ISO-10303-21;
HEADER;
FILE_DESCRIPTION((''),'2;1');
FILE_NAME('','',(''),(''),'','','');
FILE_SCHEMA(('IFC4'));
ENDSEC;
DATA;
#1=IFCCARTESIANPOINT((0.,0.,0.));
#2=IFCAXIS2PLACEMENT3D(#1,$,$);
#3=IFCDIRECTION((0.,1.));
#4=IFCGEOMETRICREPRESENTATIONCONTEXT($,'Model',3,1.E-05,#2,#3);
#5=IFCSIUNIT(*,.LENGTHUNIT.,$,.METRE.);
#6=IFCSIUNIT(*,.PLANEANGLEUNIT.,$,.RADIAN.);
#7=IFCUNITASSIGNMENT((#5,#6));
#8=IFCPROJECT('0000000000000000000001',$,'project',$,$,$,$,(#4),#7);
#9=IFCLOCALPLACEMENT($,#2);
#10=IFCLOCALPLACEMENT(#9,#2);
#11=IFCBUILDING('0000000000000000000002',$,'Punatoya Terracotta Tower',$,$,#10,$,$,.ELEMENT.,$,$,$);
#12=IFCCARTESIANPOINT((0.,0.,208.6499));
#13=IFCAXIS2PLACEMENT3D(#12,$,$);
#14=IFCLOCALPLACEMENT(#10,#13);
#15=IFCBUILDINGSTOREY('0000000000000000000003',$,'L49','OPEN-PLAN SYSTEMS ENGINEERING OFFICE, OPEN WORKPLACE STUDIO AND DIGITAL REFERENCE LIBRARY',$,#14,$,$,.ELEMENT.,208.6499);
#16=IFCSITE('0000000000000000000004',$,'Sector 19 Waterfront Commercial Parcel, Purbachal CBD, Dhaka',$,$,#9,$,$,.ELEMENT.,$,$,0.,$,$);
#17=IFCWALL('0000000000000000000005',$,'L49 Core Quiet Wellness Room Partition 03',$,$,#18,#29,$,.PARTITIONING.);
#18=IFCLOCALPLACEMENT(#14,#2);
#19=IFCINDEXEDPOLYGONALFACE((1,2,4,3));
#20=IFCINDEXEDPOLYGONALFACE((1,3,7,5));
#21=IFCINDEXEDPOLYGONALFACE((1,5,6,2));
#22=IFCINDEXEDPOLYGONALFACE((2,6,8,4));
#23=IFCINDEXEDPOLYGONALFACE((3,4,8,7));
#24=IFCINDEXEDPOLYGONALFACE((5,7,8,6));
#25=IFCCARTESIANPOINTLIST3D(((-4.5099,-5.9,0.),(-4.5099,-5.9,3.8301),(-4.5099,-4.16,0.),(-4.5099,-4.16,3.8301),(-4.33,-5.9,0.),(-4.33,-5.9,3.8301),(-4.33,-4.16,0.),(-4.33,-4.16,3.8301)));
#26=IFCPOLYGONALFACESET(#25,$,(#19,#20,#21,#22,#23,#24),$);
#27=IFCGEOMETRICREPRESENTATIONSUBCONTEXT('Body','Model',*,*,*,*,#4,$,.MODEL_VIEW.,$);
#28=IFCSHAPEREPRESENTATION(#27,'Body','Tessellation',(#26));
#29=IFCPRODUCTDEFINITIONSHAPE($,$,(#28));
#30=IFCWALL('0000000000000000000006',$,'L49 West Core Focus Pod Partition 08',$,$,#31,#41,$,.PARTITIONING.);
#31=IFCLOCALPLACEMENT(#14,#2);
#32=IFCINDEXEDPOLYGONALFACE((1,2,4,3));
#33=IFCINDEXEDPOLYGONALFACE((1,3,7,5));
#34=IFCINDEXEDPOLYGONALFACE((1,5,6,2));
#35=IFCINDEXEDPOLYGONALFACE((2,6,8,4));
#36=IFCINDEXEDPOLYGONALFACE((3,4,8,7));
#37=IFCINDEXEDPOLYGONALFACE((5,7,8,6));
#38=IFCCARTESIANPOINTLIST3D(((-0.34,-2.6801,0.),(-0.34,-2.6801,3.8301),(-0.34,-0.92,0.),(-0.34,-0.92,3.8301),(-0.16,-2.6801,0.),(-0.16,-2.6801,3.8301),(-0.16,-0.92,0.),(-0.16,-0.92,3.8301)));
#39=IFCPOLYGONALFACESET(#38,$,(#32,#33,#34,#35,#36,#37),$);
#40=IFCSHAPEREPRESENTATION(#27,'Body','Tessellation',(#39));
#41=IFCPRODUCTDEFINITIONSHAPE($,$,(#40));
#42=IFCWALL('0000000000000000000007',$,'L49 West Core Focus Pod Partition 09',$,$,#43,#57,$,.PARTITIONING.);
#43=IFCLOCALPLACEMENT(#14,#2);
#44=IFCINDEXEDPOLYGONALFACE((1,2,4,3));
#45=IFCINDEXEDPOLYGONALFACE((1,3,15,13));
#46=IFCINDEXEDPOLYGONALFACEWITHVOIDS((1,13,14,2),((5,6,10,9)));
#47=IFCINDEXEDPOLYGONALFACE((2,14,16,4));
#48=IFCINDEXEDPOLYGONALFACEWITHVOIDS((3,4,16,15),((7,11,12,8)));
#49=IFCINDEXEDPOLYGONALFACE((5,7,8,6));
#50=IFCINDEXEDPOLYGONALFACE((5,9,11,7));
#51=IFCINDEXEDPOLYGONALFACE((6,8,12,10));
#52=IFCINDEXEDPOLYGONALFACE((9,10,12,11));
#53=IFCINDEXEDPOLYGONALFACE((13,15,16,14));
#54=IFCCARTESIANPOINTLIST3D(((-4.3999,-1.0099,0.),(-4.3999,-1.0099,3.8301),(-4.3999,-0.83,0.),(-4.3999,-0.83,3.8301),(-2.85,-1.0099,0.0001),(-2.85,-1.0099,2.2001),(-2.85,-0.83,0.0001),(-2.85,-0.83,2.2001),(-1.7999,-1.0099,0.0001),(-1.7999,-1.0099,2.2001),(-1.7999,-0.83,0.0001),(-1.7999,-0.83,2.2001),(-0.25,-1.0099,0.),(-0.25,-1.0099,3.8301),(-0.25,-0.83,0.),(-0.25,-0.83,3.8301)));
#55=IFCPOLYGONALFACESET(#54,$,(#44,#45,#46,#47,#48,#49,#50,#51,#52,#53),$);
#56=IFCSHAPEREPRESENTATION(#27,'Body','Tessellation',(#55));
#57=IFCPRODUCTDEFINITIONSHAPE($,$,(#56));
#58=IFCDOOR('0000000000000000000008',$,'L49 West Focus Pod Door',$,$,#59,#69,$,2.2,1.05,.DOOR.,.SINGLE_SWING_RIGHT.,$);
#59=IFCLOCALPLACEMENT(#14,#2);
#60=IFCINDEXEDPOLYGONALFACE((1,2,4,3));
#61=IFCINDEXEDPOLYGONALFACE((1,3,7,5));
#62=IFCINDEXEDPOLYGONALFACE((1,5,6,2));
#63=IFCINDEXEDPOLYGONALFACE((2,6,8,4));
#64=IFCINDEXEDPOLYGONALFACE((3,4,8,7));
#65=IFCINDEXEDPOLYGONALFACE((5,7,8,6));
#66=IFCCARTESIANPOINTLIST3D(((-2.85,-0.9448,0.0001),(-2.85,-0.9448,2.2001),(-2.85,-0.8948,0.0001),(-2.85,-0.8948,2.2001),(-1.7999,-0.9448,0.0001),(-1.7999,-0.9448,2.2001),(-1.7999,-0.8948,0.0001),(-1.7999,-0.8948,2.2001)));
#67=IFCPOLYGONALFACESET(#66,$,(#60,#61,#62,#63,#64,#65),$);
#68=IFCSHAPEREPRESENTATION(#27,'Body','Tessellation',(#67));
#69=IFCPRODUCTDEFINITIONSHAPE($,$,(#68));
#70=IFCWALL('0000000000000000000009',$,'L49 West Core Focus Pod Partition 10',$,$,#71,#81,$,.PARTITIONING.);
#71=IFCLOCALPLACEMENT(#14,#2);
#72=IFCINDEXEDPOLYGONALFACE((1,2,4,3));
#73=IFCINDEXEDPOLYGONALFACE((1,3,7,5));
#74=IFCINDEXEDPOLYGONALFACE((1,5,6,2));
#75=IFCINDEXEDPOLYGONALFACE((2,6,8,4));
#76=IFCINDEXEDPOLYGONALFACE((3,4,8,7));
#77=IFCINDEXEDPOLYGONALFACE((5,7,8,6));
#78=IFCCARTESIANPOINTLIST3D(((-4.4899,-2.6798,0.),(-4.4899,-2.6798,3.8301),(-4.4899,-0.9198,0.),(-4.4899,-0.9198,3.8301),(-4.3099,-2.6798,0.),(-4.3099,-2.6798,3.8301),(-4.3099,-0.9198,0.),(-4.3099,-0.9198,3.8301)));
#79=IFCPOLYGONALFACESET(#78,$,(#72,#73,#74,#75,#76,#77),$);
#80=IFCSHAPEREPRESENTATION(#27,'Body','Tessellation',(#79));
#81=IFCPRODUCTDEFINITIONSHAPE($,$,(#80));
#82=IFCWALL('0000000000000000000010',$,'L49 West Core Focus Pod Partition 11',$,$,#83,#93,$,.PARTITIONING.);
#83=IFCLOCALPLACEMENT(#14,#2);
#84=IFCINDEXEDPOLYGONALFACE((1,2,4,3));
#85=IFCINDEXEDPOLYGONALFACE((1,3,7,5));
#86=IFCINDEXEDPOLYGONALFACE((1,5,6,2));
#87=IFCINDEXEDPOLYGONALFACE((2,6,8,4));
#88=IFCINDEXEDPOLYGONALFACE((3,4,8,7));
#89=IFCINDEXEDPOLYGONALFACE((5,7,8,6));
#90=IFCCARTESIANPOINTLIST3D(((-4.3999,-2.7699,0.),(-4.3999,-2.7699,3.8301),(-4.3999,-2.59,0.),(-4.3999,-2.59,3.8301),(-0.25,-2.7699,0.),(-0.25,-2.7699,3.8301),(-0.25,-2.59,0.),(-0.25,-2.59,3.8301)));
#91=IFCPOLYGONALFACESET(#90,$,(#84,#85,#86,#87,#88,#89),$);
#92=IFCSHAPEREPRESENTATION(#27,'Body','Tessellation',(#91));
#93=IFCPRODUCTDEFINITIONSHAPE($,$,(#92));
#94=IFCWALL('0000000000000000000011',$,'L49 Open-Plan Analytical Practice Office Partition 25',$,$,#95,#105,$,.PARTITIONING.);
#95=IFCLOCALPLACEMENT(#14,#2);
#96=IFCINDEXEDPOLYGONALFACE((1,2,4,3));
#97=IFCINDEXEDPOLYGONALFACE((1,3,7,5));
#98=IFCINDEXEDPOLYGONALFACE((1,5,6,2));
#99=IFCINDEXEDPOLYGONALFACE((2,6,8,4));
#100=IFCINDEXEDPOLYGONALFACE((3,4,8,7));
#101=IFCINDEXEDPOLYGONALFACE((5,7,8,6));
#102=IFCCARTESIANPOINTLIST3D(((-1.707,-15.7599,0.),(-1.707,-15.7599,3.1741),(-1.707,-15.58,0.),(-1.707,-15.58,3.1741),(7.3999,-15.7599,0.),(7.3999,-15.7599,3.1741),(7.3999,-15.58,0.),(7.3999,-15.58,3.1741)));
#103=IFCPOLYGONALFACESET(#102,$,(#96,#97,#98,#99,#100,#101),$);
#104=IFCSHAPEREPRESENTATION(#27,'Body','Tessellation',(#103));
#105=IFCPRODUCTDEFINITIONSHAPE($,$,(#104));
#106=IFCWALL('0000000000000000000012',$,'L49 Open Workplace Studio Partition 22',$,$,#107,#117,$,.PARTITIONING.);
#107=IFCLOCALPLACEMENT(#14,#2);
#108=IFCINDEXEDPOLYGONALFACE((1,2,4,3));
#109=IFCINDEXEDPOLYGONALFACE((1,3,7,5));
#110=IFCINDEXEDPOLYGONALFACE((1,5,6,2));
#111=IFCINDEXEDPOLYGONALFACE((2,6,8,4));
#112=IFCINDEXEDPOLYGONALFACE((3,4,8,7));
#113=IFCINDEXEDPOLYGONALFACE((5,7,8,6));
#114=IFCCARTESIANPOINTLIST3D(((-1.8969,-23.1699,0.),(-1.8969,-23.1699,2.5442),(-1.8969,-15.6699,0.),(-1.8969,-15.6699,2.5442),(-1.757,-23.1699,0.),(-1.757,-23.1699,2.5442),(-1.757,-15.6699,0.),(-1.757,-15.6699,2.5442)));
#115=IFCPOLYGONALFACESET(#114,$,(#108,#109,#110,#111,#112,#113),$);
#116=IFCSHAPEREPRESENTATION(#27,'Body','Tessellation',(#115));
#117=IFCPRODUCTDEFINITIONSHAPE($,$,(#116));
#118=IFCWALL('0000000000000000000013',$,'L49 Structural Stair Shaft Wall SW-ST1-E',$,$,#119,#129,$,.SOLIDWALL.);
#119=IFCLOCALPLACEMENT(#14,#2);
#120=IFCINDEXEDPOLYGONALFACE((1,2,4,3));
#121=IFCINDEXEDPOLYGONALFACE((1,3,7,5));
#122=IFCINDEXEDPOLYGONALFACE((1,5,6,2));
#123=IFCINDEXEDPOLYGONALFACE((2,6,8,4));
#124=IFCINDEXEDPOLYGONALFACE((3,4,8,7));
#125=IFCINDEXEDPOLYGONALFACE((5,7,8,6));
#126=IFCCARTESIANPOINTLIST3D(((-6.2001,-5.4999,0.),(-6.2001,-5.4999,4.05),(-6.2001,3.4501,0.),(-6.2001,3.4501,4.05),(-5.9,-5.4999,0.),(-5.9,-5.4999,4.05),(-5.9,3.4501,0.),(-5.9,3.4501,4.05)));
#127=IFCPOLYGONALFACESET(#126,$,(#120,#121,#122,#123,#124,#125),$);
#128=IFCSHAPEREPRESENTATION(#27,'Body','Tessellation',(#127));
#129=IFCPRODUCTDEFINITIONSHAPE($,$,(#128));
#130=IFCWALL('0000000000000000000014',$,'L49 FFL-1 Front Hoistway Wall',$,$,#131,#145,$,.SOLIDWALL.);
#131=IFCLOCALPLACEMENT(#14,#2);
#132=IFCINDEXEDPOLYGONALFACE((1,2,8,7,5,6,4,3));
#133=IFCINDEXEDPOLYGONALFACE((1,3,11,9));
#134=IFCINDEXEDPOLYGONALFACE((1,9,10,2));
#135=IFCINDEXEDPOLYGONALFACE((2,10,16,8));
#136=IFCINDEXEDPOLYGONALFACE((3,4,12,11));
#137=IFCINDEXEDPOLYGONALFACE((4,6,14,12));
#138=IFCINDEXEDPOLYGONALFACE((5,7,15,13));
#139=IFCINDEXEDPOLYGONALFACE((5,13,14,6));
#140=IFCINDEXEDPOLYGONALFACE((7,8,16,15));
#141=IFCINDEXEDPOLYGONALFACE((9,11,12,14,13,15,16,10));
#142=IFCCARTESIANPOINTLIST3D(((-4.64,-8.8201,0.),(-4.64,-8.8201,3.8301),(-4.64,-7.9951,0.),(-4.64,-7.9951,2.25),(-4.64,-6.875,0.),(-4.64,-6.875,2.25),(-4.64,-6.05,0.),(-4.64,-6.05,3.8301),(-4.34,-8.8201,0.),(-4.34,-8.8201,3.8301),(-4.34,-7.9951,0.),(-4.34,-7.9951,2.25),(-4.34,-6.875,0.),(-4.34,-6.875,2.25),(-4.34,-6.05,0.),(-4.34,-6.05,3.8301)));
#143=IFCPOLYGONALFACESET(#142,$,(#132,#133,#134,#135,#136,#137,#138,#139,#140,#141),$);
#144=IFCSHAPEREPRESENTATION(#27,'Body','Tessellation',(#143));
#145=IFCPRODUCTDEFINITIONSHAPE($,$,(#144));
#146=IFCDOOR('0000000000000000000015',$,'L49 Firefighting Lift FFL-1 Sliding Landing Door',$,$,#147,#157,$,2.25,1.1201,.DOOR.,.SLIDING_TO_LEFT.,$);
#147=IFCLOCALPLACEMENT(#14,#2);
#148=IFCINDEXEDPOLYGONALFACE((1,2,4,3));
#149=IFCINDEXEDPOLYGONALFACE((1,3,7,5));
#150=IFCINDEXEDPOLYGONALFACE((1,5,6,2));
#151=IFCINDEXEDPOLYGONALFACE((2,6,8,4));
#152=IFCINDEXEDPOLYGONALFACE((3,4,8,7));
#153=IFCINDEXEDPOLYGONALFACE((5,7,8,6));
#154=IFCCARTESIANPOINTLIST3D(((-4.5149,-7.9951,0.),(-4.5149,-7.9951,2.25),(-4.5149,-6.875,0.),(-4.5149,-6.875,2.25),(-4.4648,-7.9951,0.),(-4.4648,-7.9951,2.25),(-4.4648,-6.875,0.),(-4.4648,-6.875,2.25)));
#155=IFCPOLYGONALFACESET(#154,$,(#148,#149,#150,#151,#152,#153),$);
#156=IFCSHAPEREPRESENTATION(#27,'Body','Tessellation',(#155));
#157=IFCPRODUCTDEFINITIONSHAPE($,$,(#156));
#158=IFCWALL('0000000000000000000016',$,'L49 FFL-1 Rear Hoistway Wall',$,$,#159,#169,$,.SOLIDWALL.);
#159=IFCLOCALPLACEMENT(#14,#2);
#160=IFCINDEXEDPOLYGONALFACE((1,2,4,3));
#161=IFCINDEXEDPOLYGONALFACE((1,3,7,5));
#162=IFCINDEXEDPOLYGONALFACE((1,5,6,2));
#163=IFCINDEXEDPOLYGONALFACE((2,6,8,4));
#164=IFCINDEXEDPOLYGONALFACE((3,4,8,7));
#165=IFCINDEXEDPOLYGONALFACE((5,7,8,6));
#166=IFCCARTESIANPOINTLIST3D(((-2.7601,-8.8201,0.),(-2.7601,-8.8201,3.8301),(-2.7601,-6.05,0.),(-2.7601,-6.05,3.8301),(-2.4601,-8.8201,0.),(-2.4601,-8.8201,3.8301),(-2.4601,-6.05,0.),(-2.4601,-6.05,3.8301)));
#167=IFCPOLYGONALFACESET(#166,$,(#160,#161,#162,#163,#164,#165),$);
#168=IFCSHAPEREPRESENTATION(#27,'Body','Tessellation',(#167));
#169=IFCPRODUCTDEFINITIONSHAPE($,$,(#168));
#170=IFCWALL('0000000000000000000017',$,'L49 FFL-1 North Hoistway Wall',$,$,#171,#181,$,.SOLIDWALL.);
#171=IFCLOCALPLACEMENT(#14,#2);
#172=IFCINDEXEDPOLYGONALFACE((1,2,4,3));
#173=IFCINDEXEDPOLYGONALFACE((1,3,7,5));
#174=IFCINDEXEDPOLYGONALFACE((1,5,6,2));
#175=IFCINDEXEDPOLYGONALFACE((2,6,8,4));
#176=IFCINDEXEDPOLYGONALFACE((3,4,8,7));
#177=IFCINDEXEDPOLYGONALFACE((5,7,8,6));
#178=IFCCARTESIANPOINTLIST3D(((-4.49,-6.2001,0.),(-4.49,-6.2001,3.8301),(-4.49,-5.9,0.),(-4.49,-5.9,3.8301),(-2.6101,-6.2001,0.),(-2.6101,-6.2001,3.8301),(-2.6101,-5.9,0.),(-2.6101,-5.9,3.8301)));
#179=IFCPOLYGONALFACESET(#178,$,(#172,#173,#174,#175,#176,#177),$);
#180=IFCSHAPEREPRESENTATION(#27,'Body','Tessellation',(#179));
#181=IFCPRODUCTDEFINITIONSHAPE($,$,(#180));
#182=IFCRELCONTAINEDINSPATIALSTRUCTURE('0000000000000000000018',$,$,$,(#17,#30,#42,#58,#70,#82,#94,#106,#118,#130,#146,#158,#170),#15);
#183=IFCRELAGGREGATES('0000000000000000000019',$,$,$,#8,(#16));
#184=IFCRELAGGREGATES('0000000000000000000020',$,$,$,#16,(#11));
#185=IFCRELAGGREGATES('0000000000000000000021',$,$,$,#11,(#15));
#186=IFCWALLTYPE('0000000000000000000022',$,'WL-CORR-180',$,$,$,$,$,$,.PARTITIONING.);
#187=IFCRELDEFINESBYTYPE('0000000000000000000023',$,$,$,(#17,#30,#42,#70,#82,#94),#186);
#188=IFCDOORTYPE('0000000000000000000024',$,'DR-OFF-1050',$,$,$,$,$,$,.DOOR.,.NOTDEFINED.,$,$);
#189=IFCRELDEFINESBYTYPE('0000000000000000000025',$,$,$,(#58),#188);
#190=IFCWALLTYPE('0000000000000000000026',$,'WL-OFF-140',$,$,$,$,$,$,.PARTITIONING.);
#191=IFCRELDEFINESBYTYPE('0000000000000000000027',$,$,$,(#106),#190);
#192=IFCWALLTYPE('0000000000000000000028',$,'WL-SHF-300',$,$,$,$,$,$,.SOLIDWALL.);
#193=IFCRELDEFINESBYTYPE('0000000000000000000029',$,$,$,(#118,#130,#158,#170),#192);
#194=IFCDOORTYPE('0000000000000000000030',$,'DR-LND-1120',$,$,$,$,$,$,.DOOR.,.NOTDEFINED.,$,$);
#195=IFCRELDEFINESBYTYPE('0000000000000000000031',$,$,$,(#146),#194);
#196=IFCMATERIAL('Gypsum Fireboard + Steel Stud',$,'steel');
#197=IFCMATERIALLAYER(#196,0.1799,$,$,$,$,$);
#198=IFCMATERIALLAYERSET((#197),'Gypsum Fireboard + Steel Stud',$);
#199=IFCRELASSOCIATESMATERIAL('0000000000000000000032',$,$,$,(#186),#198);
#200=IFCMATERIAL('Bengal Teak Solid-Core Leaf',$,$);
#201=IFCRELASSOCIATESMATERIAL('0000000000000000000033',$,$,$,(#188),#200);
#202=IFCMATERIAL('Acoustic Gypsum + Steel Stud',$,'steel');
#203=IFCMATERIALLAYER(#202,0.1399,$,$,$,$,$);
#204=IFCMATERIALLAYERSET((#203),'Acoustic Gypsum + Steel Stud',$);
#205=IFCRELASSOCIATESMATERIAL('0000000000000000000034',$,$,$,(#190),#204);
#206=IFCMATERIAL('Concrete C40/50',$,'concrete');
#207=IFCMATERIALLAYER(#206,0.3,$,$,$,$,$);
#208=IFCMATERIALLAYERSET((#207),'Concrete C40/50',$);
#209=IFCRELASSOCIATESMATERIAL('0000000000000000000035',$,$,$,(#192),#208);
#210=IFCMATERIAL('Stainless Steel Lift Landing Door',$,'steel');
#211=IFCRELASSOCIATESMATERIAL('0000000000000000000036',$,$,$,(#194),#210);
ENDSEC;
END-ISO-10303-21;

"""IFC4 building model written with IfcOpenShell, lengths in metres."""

from ifc_helpers import new_model, si_unit, direction, frame, frame_2d, origin, place, context, subcontext, project, spatial, rectangle, extrude, material, layer, layer_set, type_object, element, fill, save


model = new_model("IFC4")

# Units and contexts
model_context = context("Model", 3, precision=1e-05, world=origin(), true_north=direction((0.0, 1.0)))
body_context = subcontext(model_context, "Body", "Model", "MODEL_VIEW")
ifc_project = project(units=[si_unit("LENGTHUNIT", "METRE"), si_unit("PLANEANGLEUNIT", "RADIAN")], contexts=[model_context])

# Site, building, storey
site_placement = place(None, origin())
site = spatial("IfcSite", under=ifc_project, at=site_placement, Name="Sector 19 Waterfront Commercial Parcel, Purbachal CBD, Dhaka", CompositionType="ELEMENT", RefElevation=0.0)
building_placement = place(site_placement, origin())
building = spatial("IfcBuilding", under=site, at=building_placement, Name="Punatoya Terracotta Tower", CompositionType="ELEMENT")
storey_placement = place(building_placement, frame((0.0, 0.0, 208.6499)))
storey = spatial("IfcBuildingStorey", under=building, at=storey_placement, Name="L49", Description="OPEN-PLAN SYSTEMS ENGINEERING OFFICE, OPEN WORKPLACE STUDIO AND DIGITAL REFERENCE LIBRARY", CompositionType="ELEMENT", Elevation=208.6499)

# Shared definitions
ifc_material_1 = material(Name="Concrete C40/50", Category="concrete")

# Shared definitions
ifc_material_2 = material(Name="Gypsum Fireboard + Steel Stud", Category="steel")
ifc_layer_1 = layer(ifc_material_2, 0.1799)
ifc_layer_set_1 = layer_set([ifc_layer_1], Name="Gypsum Fireboard + Steel Stud")
wall_type_1 = type_object("IfcWallType", Name="WL-CORR-180", PredefinedType="PARTITIONING", material=ifc_layer_set_1)

# Shared definitions
ifc_material_3 = material(Name="Bengal Teak Solid-Core Leaf")
door_type_1 = type_object("IfcDoorType", Name="DR-OFF-1050", OperationType="NOTDEFINED", PredefinedType="DOOR", material=ifc_material_3)

# Walls
wall_1_placement = place(storey_placement, frame((-4.4199, -4.1599, 0.0), z_axis=(0.0, 0.0, 1.0), x_axis=(0.0, -1.0, 0.0)))
element("IfcWall", 1, at=wall_1_placement, inside=storey, type_object=wall_type_1, Name="L49 Core Quiet Wellness Room Partition 03", PredefinedType="PARTITIONING", context=body_context, shape_type="SweptSolid", body=[
    extrude(rectangle(XDim=1.74, YDim=0.1799, at=frame_2d((0.8701, 0.0))), origin(), (0.0, 0.0, 1.0), 3.8301),
])
wall_2_placement = place(storey_placement, frame((-0.25, -2.6799, 0.0), z_axis=(0.0, 0.0, 1.0), x_axis=(0.0, 1.0, 0.0)))
element("IfcWall", 2, at=wall_2_placement, inside=storey, type_object=wall_type_1, Name="L49 West Core Focus Pod Partition 08", PredefinedType="PARTITIONING", context=body_context, shape_type="SweptSolid", body=[
    extrude(rectangle(XDim=1.76, YDim=0.1799, at=frame_2d((0.8799, 0.0))), origin(), (0.0, 0.0, 1.0), 3.8301),
])

# Wall, opening, door
wall_3_placement = place(storey_placement, frame((-0.25, -0.9199, 0.0), z_axis=(0.0, 0.0, 1.0), x_axis=(-1.0, 0.0, 0.0)))
wall_3 = element("IfcWall", 3, at=wall_3_placement, inside=storey, type_object=wall_type_1, Name="L49 West Core Focus Pod Partition 09", PredefinedType="PARTITIONING", context=body_context, shape_type="SweptSolid", body=[
    extrude(rectangle(XDim=4.1499, YDim=0.1799, at=frame_2d((2.075, 0.0))), origin(), (0.0, 0.0, 1.0), 3.8301),
])
opening_1_placement = place(wall_3_placement, frame((1.55, 0.0, 0.0)))
opening_1 = element("IfcOpeningElement", 4, at=opening_1_placement, cuts=wall_3, PredefinedType="OPENING", context=body_context, shape_type="SweptSolid", body=[
    extrude(rectangle(XDim=1.05, YDim=2.2, at=frame_2d((0.5249, 1.1001))), frame((0.0, 0.0999, 0.0), z_axis=(0.0, -1.0, 0.0), x_axis=(1.0, 0.0, 0.0)), (0.0, 0.0, 1.0), 0.2),
])
door_1_placement = place(opening_1_placement, origin())
door_1 = element("IfcDoor", 5, at=door_1_placement, inside=storey, type_object=door_type_1, Name="L49 West Focus Pod Door", OperationType="SINGLE_SWING_RIGHT", OverallHeight=2.2, OverallWidth=1.05, PredefinedType="DOOR", context=body_context, shape_type="SweptSolid", body=[
    extrude(rectangle(XDim=1.05, YDim=2.2, at=frame_2d((0.5249, 1.1001))), frame((0.0, 0.0249, 0.0), z_axis=(0.0, -1.0, 0.0), x_axis=(1.0, 0.0, 0.0)), (0.0, 0.0, 1.0), 0.05),
])
fill(opening_1, door_1)

# Walls
wall_4_placement = place(storey_placement, frame((-4.3999, -0.9199, 0.0), z_axis=(0.0, 0.0, 1.0), x_axis=(0.0, -1.0, 0.0)))
element("IfcWall", 6, at=wall_4_placement, inside=storey, type_object=wall_type_1, Name="L49 West Core Focus Pod Partition 10", PredefinedType="PARTITIONING", context=body_context, shape_type="SweptSolid", body=[
    extrude(rectangle(XDim=1.76, YDim=0.1799, at=frame_2d((0.8799, 0.0))), origin(), (0.0, 0.0, 1.0), 3.8301),
])
wall_5_placement = place(storey_placement, frame((-4.3999, -2.6799, 0.0), z_axis=(0.0, 0.0, 1.0), x_axis=(1.0, 0.0, 0.0)))
element("IfcWall", 7, at=wall_5_placement, inside=storey, type_object=wall_type_1, Name="L49 West Core Focus Pod Partition 11", PredefinedType="PARTITIONING", context=body_context, shape_type="SweptSolid", body=[
    extrude(rectangle(XDim=4.1499, YDim=0.1799, at=frame_2d((2.075, 0.0))), origin(), (0.0, 0.0, 1.0), 3.8301),
])
wall_6_placement = place(storey_placement, frame((-1.707, -15.6699, 0.0), z_axis=(0.0, 0.0, 1.0), x_axis=(1.0, 0.0, 0.0)))
element("IfcWall", 8, at=wall_6_placement, inside=storey, type_object=wall_type_1, Name="L49 Open-Plan Analytical Practice Office Partition 25", PredefinedType="PARTITIONING", context=body_context, shape_type="SweptSolid", body=[
    extrude(rectangle(XDim=9.1069, YDim=0.1799, at=frame_2d((4.5535, 0.0))), origin(), (0.0, 0.0, 1.0), 3.1741),
])
ifc_material_4 = material(Name="Acoustic Gypsum + Steel Stud", Category="steel")
ifc_layer_2 = layer(ifc_material_4, 0.1399)
ifc_layer_set_2 = layer_set([ifc_layer_2], Name="Acoustic Gypsum + Steel Stud")
wall_type_2 = type_object("IfcWallType", Name="WL-OFF-140", PredefinedType="PARTITIONING", material=ifc_layer_set_2)
wall_7_placement = place(storey_placement, frame((-1.8269, -15.6699, 0.0), z_axis=(0.0, 0.0, 1.0), x_axis=(0.0, -1.0, 0.0)))
element("IfcWall", 9, at=wall_7_placement, inside=storey, type_object=wall_type_2, Name="L49 Open Workplace Studio Partition 22", PredefinedType="PARTITIONING", context=body_context, shape_type="SweptSolid", body=[
    extrude(rectangle(XDim=7.5, YDim=0.1399, at=frame_2d((3.75, 0.0))), origin(), (0.0, 0.0, 1.0), 2.5442),
])
ifc_layer_3 = layer(ifc_material_1, 0.3)
ifc_layer_set_3 = layer_set([ifc_layer_3], Name="Concrete C40/50")
wall_type_3 = type_object("IfcWallType", Name="WL-SHF-300", PredefinedType="SOLIDWALL", material=ifc_layer_set_3)
wall_8_placement = place(storey_placement, frame((-6.05, -5.5, 0.0), z_axis=(0.0, 0.0, 1.0), x_axis=(0.0, 1.0, 0.0)))
element("IfcWall", 10, at=wall_8_placement, inside=storey, type_object=wall_type_3, Name="L49 Structural Stair Shaft Wall SW-ST1-E", PredefinedType="SOLIDWALL", context=body_context, shape_type="SweptSolid", body=[
    extrude(rectangle(XDim=8.95, YDim=0.3, at=frame_2d((4.4751, 0.0))), origin(), (0.0, 0.0, 1.0), 4.05),
])

# Wall, opening, door
wall_9_placement = place(storey_placement, frame((-4.49, -8.8201, 0.0), z_axis=(0.0, 0.0, 1.0), x_axis=(0.0, 1.0, 0.0)))
wall_9 = element("IfcWall", 11, at=wall_9_placement, inside=storey, type_object=wall_type_3, Name="L49 FFL-1 Front Hoistway Wall", PredefinedType="SOLIDWALL", context=body_context, shape_type="SweptSolid", body=[
    extrude(rectangle(XDim=2.77, YDim=0.3, at=frame_2d((1.385, 0.0))), origin(), (0.0, 0.0, 1.0), 3.8301),
])
opening_2_placement = place(wall_9_placement, frame((0.825, 0.0, 0.0)))
opening_2 = element("IfcOpeningElement", 12, at=opening_2_placement, cuts=wall_9, PredefinedType="OPENING", context=body_context, shape_type="SweptSolid", body=[
    extrude(rectangle(XDim=1.1201, YDim=2.25, at=frame_2d((0.5601, 1.125))), frame((0.0, 0.1599, 0.0), z_axis=(0.0, -1.0, 0.0), x_axis=(1.0, 0.0, 0.0)), (0.0, 0.0, 1.0), 0.3201),
])
ifc_material_5 = material(Name="Stainless Steel Lift Landing Door", Category="steel")
door_type_2 = type_object("IfcDoorType", Name="DR-LND-1120", OperationType="NOTDEFINED", PredefinedType="DOOR", material=ifc_material_5)
door_2_placement = place(opening_2_placement, origin())
door_2 = element("IfcDoor", 13, at=door_2_placement, inside=storey, type_object=door_type_2, Name="L49 Firefighting Lift FFL-1 Sliding Landing Door", OperationType="SLIDING_TO_LEFT", OverallHeight=2.25, OverallWidth=1.1201, PredefinedType="DOOR", context=body_context, shape_type="SweptSolid", body=[
    extrude(rectangle(XDim=1.1201, YDim=2.25, at=frame_2d((0.5601, 1.125))), frame((0.0, 0.0249, 0.0), z_axis=(0.0, -1.0, 0.0), x_axis=(1.0, 0.0, 0.0)), (0.0, 0.0, 1.0), 0.05),
])
fill(opening_2, door_2)

# Walls
wall_10_placement = place(storey_placement, frame((-2.6101, -8.8201, 0.0), z_axis=(0.0, 0.0, 1.0), x_axis=(0.0, 1.0, 0.0)))
element("IfcWall", 14, at=wall_10_placement, inside=storey, type_object=wall_type_3, Name="L49 FFL-1 Rear Hoistway Wall", PredefinedType="SOLIDWALL", context=body_context, shape_type="SweptSolid", body=[
    extrude(rectangle(XDim=2.77, YDim=0.3, at=frame_2d((1.385, 0.0))), origin(), (0.0, 0.0, 1.0), 3.8301),
])
wall_11_placement = place(storey_placement, frame((-4.49, -6.05, 0.0), z_axis=(0.0, 0.0, 1.0), x_axis=(1.0, 0.0, 0.0)))
element("IfcWall", 15, at=wall_11_placement, inside=storey, type_object=wall_type_3, Name="L49 FFL-1 North Hoistway Wall", PredefinedType="SOLIDWALL", context=body_context, shape_type="SweptSolid", body=[
    extrude(rectangle(XDim=1.8799, YDim=0.3, at=frame_2d((0.9399, 0.0))), origin(), (0.0, 0.0, 1.0), 3.8301),
])

save(model, "model.ifc")
